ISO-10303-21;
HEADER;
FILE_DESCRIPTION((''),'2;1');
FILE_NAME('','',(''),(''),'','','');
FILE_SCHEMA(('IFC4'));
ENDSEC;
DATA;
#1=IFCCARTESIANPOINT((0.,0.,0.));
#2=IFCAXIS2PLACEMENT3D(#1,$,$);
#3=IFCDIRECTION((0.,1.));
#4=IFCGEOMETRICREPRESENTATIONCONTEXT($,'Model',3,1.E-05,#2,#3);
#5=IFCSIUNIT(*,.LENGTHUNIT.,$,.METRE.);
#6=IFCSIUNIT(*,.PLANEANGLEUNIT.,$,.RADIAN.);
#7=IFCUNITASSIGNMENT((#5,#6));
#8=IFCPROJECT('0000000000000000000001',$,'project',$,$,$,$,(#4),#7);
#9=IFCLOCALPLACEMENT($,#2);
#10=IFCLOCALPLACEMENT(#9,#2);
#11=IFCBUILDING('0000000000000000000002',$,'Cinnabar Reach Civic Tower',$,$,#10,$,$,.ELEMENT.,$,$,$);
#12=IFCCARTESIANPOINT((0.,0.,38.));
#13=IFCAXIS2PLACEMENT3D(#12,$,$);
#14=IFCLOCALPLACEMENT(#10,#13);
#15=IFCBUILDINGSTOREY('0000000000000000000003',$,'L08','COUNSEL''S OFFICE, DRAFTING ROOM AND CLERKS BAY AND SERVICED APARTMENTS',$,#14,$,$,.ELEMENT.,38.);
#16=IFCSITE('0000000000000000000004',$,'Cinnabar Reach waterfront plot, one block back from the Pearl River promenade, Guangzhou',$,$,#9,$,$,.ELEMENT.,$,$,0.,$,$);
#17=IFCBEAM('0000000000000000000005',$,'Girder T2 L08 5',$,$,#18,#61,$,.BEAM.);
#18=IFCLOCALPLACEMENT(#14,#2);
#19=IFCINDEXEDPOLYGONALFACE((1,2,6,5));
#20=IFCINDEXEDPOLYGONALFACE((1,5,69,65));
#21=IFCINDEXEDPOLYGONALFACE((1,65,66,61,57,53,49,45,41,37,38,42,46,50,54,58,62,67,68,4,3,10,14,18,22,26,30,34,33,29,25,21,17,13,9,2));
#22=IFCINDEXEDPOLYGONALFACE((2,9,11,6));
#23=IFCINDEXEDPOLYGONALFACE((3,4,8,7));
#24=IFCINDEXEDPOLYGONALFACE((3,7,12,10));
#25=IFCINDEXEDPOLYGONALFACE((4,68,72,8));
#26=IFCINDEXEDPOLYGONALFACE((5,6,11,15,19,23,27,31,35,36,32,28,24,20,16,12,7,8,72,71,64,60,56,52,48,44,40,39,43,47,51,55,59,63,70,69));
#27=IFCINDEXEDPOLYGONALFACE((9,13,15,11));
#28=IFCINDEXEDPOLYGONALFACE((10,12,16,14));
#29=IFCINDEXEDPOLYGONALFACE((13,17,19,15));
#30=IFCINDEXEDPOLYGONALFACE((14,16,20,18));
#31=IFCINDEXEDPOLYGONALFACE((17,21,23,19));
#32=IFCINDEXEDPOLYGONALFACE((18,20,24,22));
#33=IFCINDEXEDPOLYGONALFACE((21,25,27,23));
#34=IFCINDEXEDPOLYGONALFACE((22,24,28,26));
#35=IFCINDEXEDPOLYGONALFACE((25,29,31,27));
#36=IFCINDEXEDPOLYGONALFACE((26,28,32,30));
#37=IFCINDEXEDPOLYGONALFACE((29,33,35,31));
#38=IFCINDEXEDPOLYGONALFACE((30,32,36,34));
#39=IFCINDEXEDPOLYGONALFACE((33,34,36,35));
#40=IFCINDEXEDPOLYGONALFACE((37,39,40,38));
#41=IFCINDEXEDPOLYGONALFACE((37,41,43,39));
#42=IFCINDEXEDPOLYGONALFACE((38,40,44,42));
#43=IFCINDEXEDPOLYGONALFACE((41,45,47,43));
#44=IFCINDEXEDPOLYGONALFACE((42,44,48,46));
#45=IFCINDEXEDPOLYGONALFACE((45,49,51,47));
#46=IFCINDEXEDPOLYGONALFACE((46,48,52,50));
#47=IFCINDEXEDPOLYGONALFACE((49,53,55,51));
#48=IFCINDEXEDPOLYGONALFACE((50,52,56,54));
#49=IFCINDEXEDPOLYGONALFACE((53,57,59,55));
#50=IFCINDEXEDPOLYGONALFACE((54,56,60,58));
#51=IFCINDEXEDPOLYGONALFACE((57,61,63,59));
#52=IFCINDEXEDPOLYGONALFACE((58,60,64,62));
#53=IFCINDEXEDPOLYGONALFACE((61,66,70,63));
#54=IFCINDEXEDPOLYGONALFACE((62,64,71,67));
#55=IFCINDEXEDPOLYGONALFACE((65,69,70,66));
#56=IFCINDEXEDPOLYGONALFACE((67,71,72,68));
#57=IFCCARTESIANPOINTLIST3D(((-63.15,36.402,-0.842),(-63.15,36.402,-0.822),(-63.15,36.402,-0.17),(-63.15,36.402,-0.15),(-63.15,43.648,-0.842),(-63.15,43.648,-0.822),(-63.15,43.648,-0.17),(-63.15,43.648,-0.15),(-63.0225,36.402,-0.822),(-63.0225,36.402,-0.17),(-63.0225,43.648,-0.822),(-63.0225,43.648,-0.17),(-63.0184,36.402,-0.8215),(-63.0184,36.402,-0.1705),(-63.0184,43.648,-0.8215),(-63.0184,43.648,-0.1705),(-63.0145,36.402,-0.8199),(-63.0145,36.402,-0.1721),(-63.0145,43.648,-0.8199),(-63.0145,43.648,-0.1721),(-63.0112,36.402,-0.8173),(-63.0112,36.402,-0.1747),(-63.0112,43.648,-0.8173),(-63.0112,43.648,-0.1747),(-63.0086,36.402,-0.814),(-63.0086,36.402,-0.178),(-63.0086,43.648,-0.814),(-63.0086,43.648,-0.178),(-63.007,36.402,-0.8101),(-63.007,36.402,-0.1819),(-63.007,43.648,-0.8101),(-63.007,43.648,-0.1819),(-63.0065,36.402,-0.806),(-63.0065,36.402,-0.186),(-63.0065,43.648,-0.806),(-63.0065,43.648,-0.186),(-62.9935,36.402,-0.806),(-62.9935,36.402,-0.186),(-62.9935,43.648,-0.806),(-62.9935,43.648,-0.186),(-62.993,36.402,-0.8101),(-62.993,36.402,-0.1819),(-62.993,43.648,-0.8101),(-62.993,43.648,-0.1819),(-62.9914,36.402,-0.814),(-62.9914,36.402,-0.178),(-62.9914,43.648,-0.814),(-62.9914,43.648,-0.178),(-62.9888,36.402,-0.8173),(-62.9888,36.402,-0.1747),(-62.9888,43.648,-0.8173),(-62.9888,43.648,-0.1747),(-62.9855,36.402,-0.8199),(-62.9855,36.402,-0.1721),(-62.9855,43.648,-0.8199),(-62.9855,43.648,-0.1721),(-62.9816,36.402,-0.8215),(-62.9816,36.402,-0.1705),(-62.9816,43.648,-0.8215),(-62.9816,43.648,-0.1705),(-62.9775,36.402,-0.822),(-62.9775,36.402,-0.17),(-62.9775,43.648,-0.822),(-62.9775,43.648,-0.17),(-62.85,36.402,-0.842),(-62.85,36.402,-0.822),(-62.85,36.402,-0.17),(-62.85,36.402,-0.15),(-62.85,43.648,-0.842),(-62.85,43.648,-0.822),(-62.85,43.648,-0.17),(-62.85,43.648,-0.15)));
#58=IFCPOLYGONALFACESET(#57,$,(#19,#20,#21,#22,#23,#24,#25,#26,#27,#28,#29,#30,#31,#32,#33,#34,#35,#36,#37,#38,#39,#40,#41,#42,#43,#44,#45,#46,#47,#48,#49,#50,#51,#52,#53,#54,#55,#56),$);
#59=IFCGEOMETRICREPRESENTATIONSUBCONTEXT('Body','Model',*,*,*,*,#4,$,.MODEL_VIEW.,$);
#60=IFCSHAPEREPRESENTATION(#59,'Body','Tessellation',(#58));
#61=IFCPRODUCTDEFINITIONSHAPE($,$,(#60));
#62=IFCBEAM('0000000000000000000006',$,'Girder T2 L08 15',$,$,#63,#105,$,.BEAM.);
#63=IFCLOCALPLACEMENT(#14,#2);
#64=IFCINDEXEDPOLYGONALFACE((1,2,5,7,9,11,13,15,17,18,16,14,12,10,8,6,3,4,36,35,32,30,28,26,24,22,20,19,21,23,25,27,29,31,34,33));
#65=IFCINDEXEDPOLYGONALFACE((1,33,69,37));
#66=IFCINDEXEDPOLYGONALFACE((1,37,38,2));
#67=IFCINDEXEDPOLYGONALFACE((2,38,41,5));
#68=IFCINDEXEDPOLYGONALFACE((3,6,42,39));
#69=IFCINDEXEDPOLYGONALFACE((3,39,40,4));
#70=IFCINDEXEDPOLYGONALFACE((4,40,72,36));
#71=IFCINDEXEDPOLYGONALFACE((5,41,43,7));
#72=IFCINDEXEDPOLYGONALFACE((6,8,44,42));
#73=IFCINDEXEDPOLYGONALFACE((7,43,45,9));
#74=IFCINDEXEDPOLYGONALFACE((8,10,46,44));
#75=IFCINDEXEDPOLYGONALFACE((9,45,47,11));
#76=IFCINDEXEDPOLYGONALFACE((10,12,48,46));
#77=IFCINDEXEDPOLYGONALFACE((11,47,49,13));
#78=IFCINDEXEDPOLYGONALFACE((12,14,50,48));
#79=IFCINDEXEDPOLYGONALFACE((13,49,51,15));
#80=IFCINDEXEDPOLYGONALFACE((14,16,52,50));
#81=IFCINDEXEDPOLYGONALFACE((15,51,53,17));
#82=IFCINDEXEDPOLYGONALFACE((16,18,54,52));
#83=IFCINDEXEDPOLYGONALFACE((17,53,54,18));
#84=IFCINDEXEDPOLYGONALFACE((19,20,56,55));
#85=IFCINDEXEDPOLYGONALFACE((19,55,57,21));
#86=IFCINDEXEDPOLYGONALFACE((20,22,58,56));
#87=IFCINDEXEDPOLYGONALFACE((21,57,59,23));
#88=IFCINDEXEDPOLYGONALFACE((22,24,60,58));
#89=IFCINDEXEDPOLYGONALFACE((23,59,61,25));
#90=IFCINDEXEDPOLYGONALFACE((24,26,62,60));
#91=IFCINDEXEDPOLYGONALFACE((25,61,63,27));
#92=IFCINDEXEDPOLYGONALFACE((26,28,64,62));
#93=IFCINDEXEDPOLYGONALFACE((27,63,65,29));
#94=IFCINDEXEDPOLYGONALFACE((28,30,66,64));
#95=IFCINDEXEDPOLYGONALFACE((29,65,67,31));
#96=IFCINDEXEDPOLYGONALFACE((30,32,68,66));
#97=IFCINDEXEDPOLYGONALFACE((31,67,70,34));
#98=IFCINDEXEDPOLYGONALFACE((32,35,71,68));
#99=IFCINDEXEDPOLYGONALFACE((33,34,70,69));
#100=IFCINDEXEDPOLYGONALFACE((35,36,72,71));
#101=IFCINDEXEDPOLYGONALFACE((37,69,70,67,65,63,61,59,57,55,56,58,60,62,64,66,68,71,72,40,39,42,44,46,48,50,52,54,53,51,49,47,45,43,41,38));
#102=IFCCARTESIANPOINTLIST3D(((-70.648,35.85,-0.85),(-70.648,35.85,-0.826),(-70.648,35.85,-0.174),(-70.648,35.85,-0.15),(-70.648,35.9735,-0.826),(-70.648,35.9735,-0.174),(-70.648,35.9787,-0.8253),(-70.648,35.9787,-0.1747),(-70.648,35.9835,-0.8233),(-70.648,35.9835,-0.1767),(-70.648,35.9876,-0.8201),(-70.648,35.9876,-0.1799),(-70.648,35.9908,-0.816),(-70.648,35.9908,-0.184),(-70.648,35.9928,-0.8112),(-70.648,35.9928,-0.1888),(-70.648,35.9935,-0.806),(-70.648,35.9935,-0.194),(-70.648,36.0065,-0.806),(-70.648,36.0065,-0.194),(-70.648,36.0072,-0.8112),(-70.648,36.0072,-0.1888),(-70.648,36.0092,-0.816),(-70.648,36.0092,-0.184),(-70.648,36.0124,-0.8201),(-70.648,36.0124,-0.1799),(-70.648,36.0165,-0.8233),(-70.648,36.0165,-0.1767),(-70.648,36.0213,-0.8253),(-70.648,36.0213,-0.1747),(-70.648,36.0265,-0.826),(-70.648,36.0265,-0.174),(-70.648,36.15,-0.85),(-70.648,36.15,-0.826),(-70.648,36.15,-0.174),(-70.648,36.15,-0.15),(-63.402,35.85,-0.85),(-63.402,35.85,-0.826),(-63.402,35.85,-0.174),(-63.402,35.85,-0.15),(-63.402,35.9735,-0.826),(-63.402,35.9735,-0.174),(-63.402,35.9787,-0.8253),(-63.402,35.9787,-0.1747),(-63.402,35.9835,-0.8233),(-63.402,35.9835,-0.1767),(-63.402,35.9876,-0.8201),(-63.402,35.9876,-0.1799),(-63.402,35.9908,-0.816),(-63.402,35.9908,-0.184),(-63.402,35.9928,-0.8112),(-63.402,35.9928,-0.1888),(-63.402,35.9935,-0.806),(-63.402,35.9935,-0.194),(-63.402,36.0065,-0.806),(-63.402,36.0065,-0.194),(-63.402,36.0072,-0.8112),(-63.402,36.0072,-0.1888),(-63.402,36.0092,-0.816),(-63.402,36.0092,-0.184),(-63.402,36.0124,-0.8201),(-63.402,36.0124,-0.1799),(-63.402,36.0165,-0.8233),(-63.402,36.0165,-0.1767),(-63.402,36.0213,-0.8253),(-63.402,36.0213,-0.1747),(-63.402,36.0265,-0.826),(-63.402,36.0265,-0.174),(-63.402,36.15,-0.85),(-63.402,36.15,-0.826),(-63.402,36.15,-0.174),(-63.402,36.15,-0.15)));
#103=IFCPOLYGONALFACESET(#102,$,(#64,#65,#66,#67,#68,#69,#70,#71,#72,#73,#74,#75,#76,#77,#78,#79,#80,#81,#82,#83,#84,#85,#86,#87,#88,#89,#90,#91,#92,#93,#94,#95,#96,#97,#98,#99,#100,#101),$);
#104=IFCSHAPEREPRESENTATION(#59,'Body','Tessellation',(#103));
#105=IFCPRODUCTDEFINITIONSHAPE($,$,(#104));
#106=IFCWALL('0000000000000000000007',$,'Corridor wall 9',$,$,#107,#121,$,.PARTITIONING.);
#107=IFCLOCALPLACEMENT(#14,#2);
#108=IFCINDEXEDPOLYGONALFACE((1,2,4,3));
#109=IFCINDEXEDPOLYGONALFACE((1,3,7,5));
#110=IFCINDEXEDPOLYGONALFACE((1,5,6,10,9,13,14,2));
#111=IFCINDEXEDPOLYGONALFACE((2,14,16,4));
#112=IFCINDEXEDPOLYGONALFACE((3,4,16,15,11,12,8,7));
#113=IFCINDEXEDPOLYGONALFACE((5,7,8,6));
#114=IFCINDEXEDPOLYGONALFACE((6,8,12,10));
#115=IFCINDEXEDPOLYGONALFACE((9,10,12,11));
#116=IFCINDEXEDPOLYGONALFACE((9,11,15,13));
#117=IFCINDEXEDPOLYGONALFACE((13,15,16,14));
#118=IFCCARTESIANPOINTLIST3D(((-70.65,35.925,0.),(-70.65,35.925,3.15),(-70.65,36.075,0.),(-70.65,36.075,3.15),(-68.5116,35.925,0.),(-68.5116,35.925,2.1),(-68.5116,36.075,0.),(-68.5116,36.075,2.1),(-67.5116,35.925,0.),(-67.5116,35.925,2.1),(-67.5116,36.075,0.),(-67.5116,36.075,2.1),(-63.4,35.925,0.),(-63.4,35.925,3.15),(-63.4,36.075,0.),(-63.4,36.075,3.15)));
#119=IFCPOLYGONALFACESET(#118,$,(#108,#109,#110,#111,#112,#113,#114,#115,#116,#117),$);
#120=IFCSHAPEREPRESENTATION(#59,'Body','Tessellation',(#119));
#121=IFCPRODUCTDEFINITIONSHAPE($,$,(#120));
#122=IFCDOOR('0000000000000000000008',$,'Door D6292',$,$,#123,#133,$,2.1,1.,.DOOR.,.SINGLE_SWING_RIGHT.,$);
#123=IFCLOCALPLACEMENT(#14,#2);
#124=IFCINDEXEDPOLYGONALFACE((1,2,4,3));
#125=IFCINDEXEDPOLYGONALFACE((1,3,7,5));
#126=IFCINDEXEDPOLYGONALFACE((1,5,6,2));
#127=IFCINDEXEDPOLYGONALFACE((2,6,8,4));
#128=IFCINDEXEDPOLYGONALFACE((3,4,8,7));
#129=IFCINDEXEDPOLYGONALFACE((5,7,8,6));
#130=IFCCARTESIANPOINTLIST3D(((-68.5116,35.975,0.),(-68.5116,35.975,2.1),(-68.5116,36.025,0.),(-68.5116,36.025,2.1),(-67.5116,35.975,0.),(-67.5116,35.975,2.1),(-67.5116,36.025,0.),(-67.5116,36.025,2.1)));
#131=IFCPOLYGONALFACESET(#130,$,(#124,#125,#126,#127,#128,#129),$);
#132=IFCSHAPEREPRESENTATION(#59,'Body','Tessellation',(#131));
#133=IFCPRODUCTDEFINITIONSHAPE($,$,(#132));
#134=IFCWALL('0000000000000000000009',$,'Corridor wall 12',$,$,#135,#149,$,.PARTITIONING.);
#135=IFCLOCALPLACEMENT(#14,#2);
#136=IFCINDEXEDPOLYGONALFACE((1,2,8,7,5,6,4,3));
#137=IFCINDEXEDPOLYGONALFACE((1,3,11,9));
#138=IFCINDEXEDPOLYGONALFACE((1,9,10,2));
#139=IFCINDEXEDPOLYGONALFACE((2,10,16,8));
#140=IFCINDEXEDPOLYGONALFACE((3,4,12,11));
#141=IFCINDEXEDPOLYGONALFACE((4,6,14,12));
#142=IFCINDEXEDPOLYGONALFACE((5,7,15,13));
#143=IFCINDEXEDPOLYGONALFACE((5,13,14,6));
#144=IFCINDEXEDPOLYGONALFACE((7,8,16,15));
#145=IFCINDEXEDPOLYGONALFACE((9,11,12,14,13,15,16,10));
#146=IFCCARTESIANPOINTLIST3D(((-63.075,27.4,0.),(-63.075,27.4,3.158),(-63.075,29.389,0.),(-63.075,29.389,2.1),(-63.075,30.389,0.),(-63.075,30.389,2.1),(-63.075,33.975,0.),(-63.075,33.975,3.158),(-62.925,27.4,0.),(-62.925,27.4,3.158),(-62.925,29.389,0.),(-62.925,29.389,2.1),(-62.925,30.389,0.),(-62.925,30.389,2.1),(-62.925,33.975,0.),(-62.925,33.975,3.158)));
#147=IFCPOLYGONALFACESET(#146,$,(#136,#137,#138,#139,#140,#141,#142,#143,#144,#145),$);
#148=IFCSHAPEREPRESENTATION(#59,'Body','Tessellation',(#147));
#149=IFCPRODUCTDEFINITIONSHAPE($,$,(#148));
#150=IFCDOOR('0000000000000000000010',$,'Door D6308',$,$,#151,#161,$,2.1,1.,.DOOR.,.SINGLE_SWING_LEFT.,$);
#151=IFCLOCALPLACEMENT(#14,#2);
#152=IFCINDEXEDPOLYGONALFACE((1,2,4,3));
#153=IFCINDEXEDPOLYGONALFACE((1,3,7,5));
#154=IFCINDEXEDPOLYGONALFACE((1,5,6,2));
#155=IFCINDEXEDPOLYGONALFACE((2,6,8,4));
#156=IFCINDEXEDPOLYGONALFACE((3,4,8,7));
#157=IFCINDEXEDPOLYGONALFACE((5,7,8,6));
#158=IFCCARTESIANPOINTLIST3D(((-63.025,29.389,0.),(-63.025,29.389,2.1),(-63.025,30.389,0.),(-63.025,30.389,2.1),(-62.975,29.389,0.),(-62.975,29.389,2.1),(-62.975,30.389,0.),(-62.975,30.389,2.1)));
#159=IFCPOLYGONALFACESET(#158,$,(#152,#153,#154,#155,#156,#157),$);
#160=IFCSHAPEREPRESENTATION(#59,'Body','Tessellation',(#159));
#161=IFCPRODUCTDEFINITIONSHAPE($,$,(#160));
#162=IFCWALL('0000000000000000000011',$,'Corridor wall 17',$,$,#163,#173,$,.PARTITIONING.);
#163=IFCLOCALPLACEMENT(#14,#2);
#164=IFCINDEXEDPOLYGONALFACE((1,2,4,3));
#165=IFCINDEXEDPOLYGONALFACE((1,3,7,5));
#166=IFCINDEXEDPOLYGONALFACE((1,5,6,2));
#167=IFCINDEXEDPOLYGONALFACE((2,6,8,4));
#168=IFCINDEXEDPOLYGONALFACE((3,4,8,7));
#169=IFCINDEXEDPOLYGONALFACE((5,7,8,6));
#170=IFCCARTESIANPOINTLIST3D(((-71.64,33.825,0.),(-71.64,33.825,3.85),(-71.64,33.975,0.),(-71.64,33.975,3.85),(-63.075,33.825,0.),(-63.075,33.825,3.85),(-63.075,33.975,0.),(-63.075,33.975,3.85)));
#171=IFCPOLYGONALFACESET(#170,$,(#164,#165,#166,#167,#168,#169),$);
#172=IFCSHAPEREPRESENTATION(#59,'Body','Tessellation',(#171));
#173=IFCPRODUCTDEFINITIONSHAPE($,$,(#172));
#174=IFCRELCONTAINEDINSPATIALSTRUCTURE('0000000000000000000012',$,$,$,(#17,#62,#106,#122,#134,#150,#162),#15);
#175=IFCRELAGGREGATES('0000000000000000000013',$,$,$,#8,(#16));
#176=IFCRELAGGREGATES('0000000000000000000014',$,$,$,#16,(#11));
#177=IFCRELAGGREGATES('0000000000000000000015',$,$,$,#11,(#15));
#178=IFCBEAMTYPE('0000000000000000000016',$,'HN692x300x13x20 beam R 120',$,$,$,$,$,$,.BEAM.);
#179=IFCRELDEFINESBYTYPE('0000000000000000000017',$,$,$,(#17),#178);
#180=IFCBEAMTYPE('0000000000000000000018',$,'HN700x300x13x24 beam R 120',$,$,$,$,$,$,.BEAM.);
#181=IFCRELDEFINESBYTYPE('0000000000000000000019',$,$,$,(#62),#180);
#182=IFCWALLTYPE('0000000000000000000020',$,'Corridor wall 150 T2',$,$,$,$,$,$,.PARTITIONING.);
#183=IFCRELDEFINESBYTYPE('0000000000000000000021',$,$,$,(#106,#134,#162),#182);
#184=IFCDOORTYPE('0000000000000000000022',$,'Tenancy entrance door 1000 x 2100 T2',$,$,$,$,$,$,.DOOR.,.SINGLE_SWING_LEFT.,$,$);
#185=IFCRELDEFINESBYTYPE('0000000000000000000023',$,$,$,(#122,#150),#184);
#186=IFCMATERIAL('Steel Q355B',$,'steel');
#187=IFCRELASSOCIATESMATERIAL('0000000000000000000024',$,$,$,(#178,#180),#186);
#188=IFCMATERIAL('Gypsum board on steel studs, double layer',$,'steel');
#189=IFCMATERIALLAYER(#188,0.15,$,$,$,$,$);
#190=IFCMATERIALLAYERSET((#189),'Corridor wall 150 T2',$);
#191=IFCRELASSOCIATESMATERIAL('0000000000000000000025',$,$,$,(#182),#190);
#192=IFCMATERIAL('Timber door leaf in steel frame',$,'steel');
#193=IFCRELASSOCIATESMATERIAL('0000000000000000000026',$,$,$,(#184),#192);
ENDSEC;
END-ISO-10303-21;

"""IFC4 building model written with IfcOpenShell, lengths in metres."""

from ifc_helpers import new_model, si_unit, direction, frame, frame_2d, origin, origin_2d, place, context, subcontext, project, spatial, rectangle, i_section, extrude, material, layer, layer_set, material_profile, profile_set, type_object, element, fill, save


model = new_model("IFC4")

# Units and contexts
model_context = context("Model", 3, precision=1e-05, world=origin(), true_north=direction((0.0, 1.0)))
body_context = subcontext(model_context, "Body", "Model", "MODEL_VIEW")
ifc_project = project(units=[si_unit("LENGTHUNIT", "METRE"), si_unit("PLANEANGLEUNIT", "RADIAN")], contexts=[model_context])

# Site, building, storey
site_placement = place(None, origin())
site = spatial("IfcSite", under=ifc_project, at=site_placement, Name="Cinnabar Reach waterfront plot, one block back from the Pearl River promenade, Guangzhou", CompositionType="ELEMENT", RefElevation=0.0)
building_placement = place(site_placement, origin())
building = spatial("IfcBuilding", under=site, at=building_placement, Name="Cinnabar Reach Civic Tower", CompositionType="ELEMENT")
storey_placement = place(building_placement, frame((0.0, 0.0, 38.0)))
storey = spatial("IfcBuildingStorey", under=building, at=storey_placement, Name="L08", Description="COUNSEL'S OFFICE, DRAFTING ROOM AND CLERKS BAY AND SERVICED APARTMENTS", CompositionType="ELEMENT", Elevation=38.0)

# Beams
ifc_material_1 = material(Name="Steel Q355B", Category="steel")
ifc_material_profile_1 = material_profile(ifc_material_1, i_section(OverallWidth=0.3, OverallDepth=0.692, WebThickness=0.013, FlangeThickness=0.02, FilletRadius=0.016, at=origin_2d()), Name="HN692x300x13x20")
ifc_profile_set_1 = profile_set([ifc_material_profile_1], Name="Steel Q355B")
beam_type_1 = type_object("IfcBeamType", Name="HN692x300x13x20 beam R 120", PredefinedType="BEAM", material=ifc_profile_set_1)
beam_1_placement = place(storey_placement, frame((-63.0, 36.402, -0.496), z_axis=(0.0, 1.0, 0.0), x_axis=(-1.0, 0.0, 0.0)))
element("IfcBeam", 1, at=beam_1_placement, inside=storey, type_object=beam_type_1, Name="Girder T2 L08 5", PredefinedType="BEAM", context=body_context, shape_type="SweptSolid", body=[
    extrude(i_section(OverallWidth=0.3, OverallDepth=0.692, WebThickness=0.013, FlangeThickness=0.02, FilletRadius=0.016, at=origin_2d()), origin(), (0.0, 0.0, 1.0), 7.246),
])
ifc_material_profile_2 = material_profile(ifc_material_1, i_section(OverallWidth=0.3, OverallDepth=0.7, WebThickness=0.013, FlangeThickness=0.024, FilletRadius=0.02, at=origin_2d()), Name="HN700x300x13x24")
ifc_profile_set_2 = profile_set([ifc_material_profile_2], Name="Steel Q355B")
beam_type_2 = type_object("IfcBeamType", Name="HN700x300x13x24 beam R 120", PredefinedType="BEAM", material=ifc_profile_set_2)
beam_2_placement = place(storey_placement, frame((-70.648, 36.0, -0.5), z_axis=(1.0, 0.0, 0.0), x_axis=(0.0, 1.0, 0.0)))
element("IfcBeam", 2, at=beam_2_placement, inside=storey, type_object=beam_type_2, Name="Girder T2 L08 15", PredefinedType="BEAM", context=body_context, shape_type="SweptSolid", body=[
    extrude(i_section(OverallWidth=0.3, OverallDepth=0.7, WebThickness=0.013, FlangeThickness=0.024, FilletRadius=0.02, at=origin_2d()), origin(), (0.0, 0.0, 1.0), 7.246),
])

# Walls, openings, doors
ifc_material_2 = material(Name="Gypsum board on steel studs, double layer", Category="steel")
ifc_layer_1 = layer(ifc_material_2, 0.15)
ifc_layer_set_1 = layer_set([ifc_layer_1], Name="Corridor wall 150 T2")
wall_type_1 = type_object("IfcWallType", Name="Corridor wall 150 T2", PredefinedType="PARTITIONING", material=ifc_layer_set_1)
wall_1_placement = place(storey_placement, frame((-70.65, 36.0, 0.0), z_axis=(0.0, 0.0, 1.0), x_axis=(1.0, 0.0, 0.0)))
wall_1 = element("IfcWall", 3, at=wall_1_placement, inside=storey, type_object=wall_type_1, Name="Corridor wall 9", PredefinedType="PARTITIONING", context=body_context, shape_type="SweptSolid", body=[
    extrude(rectangle(XDim=7.25, YDim=0.15, at=frame_2d((3.625, 0.0))), origin(), (0.0, 0.0, 1.0), 3.15),
])
opening_1_placement = place(wall_1_placement, frame((2.1384, 0.0, 0.0)))
opening_1 = element("IfcOpeningElement", 4, at=opening_1_placement, cuts=wall_1, PredefinedType="OPENING", context=body_context, shape_type="SweptSolid", body=[
    extrude(rectangle(XDim=1.0, YDim=2.1, at=frame_2d((0.5, 1.05))), frame((0.0, 0.085, 0.0), z_axis=(0.0, -1.0, 0.0), x_axis=(1.0, 0.0, 0.0)), (0.0, 0.0, 1.0), 0.17),
])
ifc_material_3 = material(Name="Timber door leaf in steel frame", Category="steel")
door_type_1 = type_object("IfcDoorType", Name="Tenancy entrance door 1000 x 2100 T2", OperationType="SINGLE_SWING_LEFT", PredefinedType="DOOR", material=ifc_material_3)
door_1_placement = place(opening_1_placement, origin())
door_1 = element("IfcDoor", 5, at=door_1_placement, inside=storey, type_object=door_type_1, Name="Door D6292", OperationType="SINGLE_SWING_RIGHT", OverallHeight=2.1, OverallWidth=1.0, PredefinedType="DOOR", context=body_context, shape_type="SweptSolid", body=[
    extrude(rectangle(XDim=1.0, YDim=2.1, at=frame_2d((0.5, 1.05))), frame((0.0, 0.025, 0.0), z_axis=(0.0, -1.0, 0.0), x_axis=(1.0, 0.0, 0.0)), (0.0, 0.0, 1.0), 0.05),
])
fill(opening_1, door_1)
wall_2_placement = place(storey_placement, frame((-63.0, 27.4, 0.0), z_axis=(0.0, 0.0, 1.0), x_axis=(0.0, 1.0, 0.0)))
wall_2 = element("IfcWall", 6, at=wall_2_placement, inside=storey, type_object=wall_type_1, Name="Corridor wall 12", PredefinedType="PARTITIONING", context=body_context, shape_type="SweptSolid", body=[
    extrude(rectangle(XDim=6.575, YDim=0.15, at=frame_2d((3.2875, 0.0))), origin(), (0.0, 0.0, 1.0), 3.158),
])
opening_2_placement = place(wall_2_placement, frame((1.989, 0.0, 0.0)))
opening_2 = element("IfcOpeningElement", 7, at=opening_2_placement, cuts=wall_2, PredefinedType="OPENING", context=body_context, shape_type="SweptSolid", body=[
    extrude(rectangle(XDim=1.0, YDim=2.1, at=frame_2d((0.5, 1.05))), frame((0.0, 0.085, 0.0), z_axis=(0.0, -1.0, 0.0), x_axis=(1.0, 0.0, 0.0)), (0.0, 0.0, 1.0), 0.17),
])
door_2_placement = place(opening_2_placement, origin())
door_2 = element("IfcDoor", 8, at=door_2_placement, inside=storey, type_object=door_type_1, Name="Door D6308", OperationType="SINGLE_SWING_LEFT", OverallHeight=2.1, OverallWidth=1.0, PredefinedType="DOOR", context=body_context, shape_type="SweptSolid", body=[
    extrude(rectangle(XDim=1.0, YDim=2.1, at=frame_2d((0.5, 1.05))), frame((0.0, 0.025, 0.0), z_axis=(0.0, -1.0, 0.0), x_axis=(1.0, 0.0, 0.0)), (0.0, 0.0, 1.0), 0.05),
])
fill(opening_2, door_2)

# Wall
wall_3_placement = place(storey_placement, frame((-71.64, 33.9, 0.0), z_axis=(0.0, 0.0, 1.0), x_axis=(1.0, 0.0, 0.0)))
element("IfcWall", 9, at=wall_3_placement, inside=storey, type_object=wall_type_1, Name="Corridor wall 17", PredefinedType="PARTITIONING", context=body_context, shape_type="SweptSolid", body=[
    extrude(rectangle(XDim=8.565, YDim=0.15, at=frame_2d((4.2825, 0.0))), origin(), (0.0, 0.0, 1.0), 3.85),
])

save(model, "model.ifc")
